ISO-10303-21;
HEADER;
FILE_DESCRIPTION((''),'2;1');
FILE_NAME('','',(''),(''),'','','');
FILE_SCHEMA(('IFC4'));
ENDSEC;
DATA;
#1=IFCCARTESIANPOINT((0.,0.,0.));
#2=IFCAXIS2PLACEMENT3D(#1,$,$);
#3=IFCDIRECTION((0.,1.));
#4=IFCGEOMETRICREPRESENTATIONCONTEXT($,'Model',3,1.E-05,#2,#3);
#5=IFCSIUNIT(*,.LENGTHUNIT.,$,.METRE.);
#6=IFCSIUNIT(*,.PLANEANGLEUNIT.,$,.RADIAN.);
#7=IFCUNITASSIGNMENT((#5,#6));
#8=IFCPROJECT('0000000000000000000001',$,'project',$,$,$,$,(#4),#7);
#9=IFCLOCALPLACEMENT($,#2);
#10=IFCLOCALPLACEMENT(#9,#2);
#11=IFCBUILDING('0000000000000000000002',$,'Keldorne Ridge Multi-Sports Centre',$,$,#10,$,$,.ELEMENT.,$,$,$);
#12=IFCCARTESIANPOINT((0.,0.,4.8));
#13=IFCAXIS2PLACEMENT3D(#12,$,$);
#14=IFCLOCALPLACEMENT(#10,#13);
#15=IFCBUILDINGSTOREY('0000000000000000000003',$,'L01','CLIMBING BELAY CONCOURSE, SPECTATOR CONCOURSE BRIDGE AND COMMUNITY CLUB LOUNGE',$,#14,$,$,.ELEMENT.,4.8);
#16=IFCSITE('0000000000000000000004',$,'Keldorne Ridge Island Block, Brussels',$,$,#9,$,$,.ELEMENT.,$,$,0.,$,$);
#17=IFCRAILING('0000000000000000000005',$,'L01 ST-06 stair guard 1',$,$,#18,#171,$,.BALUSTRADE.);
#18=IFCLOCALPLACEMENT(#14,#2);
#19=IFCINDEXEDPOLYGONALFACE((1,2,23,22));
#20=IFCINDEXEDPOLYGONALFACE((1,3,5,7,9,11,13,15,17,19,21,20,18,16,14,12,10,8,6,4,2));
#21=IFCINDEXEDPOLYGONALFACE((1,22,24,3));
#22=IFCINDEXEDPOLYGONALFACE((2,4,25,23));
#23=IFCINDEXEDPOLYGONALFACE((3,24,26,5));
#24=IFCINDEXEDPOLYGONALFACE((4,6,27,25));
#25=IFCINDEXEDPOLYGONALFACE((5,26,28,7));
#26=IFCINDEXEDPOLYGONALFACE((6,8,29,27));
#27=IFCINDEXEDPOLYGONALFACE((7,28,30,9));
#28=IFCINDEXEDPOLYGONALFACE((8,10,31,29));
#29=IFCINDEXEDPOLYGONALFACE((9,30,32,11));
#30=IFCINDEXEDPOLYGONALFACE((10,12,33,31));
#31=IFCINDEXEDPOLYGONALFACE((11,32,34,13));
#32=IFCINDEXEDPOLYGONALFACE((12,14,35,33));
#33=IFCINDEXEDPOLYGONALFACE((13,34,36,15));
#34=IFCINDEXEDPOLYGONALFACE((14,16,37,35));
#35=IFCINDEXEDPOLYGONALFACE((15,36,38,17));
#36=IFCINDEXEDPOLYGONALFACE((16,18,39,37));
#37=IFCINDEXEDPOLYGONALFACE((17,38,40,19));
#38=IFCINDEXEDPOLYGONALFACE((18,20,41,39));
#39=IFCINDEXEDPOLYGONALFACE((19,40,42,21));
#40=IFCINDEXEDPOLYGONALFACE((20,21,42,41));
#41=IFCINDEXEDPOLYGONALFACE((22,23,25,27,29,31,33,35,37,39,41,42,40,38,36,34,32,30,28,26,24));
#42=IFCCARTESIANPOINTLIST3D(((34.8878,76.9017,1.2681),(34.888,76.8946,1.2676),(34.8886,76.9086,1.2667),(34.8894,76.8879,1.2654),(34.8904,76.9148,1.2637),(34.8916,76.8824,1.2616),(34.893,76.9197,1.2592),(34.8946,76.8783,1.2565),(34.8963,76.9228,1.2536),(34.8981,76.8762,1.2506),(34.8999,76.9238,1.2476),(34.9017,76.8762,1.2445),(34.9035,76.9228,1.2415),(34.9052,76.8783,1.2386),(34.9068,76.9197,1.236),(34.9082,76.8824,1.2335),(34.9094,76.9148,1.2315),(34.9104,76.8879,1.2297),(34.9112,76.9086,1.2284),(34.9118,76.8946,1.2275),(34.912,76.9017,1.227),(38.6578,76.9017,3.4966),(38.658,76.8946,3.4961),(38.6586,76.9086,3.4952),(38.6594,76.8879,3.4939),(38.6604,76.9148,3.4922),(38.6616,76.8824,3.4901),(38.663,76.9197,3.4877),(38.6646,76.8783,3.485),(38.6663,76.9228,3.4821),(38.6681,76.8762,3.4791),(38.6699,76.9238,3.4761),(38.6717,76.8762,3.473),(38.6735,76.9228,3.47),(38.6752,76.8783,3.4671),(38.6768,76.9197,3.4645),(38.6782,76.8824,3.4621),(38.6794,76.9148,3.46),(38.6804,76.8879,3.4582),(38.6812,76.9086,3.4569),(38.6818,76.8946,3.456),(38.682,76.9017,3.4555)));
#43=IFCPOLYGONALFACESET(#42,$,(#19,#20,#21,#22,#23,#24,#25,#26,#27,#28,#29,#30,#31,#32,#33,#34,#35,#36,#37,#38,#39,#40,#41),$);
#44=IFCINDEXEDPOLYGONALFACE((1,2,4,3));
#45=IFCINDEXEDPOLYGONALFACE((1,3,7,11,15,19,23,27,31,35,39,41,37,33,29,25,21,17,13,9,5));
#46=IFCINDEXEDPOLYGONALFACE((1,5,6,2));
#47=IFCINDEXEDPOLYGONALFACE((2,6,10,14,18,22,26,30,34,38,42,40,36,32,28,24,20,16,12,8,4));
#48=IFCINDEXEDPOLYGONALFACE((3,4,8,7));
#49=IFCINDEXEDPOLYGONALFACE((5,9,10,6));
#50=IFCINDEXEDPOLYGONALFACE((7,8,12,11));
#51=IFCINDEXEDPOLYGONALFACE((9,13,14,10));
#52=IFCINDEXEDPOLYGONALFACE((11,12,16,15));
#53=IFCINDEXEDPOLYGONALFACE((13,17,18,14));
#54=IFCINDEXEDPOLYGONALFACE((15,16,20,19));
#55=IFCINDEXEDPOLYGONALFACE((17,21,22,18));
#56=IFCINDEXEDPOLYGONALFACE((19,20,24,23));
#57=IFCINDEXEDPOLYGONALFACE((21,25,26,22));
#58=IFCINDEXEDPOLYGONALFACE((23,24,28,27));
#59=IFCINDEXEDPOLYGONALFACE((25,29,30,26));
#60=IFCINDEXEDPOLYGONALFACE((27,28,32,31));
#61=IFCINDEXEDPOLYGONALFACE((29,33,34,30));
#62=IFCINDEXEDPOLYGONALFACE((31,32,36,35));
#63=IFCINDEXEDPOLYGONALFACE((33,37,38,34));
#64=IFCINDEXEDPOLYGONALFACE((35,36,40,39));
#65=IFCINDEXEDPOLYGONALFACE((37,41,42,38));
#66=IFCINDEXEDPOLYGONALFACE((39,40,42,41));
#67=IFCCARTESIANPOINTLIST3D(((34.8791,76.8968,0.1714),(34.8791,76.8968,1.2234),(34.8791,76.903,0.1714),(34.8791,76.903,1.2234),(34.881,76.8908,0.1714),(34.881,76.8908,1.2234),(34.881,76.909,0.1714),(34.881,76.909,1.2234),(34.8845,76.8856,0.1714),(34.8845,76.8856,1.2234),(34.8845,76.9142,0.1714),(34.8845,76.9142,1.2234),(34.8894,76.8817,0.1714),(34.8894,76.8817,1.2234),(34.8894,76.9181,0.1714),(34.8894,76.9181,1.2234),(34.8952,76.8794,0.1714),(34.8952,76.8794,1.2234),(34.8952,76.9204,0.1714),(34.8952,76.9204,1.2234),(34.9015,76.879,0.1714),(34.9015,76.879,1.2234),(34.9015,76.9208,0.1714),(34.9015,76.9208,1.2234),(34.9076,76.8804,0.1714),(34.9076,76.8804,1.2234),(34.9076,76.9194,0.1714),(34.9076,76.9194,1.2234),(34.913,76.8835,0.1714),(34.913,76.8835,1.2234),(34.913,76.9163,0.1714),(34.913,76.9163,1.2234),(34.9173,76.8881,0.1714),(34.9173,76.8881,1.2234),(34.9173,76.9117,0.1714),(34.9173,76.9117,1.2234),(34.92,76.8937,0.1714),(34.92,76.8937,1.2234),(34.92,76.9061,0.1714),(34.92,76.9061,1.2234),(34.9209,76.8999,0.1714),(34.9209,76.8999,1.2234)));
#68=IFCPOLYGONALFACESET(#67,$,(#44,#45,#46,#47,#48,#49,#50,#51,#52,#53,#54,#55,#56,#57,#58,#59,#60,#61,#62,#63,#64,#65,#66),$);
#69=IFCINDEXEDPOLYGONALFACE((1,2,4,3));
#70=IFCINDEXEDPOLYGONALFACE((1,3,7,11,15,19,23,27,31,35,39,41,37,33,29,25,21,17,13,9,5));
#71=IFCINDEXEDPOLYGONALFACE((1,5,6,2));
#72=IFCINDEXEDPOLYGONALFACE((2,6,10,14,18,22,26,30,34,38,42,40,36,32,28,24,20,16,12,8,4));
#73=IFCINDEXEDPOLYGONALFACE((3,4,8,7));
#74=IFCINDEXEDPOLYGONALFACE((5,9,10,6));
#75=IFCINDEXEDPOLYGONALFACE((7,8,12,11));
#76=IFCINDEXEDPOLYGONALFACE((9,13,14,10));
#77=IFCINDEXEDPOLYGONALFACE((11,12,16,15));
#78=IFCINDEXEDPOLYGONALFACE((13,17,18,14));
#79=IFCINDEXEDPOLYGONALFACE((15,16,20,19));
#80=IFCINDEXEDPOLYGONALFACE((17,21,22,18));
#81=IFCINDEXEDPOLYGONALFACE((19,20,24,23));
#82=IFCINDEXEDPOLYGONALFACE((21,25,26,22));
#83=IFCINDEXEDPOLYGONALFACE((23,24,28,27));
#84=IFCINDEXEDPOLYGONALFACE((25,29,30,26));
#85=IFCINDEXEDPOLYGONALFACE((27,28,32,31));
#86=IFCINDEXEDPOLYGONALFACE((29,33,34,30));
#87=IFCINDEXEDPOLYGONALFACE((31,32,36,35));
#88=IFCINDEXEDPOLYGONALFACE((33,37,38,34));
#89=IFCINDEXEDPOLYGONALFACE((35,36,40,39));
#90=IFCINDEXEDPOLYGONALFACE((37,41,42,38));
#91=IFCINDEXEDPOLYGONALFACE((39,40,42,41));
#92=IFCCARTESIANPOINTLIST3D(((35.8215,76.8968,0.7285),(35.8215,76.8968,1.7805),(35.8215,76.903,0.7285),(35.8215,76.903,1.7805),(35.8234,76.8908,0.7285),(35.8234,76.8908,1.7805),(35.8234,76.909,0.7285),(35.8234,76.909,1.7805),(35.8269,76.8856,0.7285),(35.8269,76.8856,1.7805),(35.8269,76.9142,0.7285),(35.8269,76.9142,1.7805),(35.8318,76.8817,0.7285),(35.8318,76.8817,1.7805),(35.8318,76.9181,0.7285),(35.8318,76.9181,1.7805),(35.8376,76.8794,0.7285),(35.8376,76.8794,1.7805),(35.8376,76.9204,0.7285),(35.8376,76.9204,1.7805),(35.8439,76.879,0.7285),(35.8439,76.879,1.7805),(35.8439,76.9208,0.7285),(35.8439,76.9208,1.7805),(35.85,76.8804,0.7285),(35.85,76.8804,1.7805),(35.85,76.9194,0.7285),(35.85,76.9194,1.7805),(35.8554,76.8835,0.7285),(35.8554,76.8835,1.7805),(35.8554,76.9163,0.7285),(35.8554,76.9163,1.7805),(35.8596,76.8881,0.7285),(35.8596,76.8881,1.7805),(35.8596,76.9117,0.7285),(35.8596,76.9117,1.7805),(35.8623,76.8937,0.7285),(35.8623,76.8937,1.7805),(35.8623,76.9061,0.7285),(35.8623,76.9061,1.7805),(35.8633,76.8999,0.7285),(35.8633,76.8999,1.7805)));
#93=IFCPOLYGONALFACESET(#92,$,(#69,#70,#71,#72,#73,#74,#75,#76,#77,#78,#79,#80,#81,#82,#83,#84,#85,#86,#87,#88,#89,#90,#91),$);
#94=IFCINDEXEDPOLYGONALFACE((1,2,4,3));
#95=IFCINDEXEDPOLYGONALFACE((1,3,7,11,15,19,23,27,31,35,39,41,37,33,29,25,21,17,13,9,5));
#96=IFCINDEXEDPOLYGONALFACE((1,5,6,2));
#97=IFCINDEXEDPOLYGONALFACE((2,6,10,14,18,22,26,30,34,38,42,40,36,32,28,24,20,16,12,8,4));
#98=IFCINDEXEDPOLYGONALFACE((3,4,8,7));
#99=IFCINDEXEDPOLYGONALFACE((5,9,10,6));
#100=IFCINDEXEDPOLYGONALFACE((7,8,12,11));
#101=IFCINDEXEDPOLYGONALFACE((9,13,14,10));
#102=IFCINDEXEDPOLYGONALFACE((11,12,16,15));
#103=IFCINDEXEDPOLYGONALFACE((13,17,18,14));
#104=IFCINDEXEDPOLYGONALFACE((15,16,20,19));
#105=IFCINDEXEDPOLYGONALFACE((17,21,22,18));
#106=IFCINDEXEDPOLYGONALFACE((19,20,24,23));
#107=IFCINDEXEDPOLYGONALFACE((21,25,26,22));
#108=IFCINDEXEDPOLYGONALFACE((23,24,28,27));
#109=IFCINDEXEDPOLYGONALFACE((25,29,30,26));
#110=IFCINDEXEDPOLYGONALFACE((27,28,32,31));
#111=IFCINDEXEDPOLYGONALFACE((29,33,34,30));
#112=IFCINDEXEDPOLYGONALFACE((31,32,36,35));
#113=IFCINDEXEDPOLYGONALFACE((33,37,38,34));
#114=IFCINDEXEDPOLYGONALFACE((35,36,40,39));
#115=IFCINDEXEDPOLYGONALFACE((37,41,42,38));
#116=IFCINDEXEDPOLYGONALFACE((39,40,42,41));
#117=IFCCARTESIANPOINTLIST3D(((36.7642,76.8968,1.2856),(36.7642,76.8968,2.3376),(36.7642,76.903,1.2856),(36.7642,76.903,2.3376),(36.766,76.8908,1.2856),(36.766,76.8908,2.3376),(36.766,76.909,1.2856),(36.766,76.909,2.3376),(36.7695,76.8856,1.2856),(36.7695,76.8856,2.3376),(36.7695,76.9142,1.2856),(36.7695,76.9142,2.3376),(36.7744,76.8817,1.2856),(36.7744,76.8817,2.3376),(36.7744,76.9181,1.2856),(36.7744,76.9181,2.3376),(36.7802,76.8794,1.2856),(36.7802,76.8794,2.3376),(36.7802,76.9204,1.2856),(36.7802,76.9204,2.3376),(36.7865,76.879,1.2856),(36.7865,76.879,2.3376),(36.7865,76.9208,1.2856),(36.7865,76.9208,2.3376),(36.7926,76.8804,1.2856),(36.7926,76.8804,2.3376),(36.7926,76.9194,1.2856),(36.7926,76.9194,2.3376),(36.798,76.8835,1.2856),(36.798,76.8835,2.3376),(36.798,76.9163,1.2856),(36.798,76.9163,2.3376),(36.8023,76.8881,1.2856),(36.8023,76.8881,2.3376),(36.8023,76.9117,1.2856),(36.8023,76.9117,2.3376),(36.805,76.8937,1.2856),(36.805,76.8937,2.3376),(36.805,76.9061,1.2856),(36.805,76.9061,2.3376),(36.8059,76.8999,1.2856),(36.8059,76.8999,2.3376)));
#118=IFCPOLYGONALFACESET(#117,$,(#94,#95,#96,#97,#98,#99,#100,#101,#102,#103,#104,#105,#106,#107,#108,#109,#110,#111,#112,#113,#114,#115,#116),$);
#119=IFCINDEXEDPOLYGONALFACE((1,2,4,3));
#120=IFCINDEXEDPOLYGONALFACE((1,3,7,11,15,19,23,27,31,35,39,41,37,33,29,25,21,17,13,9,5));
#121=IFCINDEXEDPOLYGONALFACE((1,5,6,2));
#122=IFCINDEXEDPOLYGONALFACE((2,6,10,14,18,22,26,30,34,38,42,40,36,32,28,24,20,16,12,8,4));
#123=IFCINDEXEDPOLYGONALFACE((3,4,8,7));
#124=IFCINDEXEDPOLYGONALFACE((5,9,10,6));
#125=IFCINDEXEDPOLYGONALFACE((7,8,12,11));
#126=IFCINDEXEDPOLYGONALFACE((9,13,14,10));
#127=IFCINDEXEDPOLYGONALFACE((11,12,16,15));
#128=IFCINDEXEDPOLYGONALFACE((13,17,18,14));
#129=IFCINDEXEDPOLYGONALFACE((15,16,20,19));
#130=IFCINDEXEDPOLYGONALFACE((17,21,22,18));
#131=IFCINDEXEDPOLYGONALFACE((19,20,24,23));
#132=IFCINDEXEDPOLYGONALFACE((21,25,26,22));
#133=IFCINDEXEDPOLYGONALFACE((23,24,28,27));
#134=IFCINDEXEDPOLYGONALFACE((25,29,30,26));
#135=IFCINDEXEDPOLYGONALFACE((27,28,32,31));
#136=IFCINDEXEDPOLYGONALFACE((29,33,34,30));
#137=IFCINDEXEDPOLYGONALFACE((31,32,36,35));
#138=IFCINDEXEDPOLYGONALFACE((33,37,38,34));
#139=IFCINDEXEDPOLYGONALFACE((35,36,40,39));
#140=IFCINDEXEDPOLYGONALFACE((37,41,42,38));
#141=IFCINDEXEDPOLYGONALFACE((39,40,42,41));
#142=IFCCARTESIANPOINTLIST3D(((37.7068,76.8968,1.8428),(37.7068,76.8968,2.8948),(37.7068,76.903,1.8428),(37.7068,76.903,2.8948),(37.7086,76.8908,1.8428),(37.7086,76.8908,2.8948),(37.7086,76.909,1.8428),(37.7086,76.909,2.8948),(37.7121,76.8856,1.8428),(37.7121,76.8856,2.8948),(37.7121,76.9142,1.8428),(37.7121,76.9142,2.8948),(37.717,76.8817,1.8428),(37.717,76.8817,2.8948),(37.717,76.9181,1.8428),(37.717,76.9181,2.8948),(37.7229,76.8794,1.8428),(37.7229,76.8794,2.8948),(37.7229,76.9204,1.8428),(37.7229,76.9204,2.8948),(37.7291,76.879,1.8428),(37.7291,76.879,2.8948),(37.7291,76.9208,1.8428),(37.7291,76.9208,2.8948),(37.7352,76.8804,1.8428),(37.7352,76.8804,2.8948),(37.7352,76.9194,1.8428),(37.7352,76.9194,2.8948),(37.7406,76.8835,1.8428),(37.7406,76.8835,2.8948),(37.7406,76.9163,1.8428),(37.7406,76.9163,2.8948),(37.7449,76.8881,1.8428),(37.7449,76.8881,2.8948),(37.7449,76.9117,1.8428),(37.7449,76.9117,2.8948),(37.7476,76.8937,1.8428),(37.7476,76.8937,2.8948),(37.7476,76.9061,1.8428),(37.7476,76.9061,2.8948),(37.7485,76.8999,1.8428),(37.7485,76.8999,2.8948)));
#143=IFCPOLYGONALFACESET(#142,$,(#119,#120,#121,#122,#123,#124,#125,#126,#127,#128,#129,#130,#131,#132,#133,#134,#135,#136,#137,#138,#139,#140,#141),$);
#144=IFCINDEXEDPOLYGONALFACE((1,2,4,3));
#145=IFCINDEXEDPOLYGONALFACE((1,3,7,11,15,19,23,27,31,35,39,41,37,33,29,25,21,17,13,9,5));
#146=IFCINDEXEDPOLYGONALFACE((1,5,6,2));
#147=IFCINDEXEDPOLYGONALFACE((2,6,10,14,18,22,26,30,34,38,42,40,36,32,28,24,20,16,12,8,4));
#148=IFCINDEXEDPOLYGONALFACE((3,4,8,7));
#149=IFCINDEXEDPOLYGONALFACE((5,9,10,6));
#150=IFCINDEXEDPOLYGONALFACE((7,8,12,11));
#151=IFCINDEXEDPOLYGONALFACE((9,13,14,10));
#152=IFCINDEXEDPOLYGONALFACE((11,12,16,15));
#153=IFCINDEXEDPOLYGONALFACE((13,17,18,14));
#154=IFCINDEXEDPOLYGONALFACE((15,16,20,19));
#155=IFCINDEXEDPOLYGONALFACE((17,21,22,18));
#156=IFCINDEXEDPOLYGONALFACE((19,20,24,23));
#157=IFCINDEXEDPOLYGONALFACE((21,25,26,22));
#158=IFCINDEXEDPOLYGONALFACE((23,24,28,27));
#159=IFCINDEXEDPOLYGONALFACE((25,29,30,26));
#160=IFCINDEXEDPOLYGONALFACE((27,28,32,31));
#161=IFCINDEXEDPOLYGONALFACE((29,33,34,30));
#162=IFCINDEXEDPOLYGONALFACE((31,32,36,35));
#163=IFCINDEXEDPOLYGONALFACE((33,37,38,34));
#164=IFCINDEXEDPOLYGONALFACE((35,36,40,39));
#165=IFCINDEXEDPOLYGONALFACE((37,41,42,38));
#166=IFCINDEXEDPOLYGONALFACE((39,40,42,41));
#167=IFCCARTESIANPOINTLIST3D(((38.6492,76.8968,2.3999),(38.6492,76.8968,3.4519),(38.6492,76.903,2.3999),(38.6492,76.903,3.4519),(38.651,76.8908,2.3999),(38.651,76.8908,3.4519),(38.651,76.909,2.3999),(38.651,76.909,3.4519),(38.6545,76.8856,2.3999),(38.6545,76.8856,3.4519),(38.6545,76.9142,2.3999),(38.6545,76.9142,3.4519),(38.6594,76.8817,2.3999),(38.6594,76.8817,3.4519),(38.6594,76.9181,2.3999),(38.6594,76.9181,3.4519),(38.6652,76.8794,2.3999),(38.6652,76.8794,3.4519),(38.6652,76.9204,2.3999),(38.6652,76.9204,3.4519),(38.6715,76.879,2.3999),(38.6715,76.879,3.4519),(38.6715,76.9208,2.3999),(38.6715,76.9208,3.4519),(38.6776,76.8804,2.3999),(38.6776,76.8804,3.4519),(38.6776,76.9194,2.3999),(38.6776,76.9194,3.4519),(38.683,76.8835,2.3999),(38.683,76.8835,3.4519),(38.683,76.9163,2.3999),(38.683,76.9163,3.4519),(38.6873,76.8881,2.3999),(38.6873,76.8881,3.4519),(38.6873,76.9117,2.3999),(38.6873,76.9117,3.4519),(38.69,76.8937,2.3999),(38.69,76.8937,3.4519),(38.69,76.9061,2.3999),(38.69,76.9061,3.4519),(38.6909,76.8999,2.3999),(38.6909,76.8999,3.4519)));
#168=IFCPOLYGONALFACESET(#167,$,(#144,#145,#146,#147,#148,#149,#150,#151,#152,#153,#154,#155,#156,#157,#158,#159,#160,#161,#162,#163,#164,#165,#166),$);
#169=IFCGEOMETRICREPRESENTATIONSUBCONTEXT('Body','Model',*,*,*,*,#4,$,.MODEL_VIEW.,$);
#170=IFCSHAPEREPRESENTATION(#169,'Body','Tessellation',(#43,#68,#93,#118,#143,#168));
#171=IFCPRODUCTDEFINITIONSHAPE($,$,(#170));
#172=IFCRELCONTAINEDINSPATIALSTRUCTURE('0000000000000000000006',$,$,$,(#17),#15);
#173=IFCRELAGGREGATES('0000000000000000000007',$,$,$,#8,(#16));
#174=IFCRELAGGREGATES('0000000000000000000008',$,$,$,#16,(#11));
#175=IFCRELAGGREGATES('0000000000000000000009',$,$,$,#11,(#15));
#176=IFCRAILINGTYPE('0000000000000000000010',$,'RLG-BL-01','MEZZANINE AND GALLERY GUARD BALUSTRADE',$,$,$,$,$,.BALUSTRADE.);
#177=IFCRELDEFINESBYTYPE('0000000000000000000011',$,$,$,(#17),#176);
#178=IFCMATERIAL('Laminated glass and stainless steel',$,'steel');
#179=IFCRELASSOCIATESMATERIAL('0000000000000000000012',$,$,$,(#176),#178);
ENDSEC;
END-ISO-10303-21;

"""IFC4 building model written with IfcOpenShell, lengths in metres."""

from ifc_helpers import new_model, si_unit, direction, frame, origin, origin_2d, place, context, subcontext, project, spatial, circle, extrude, material, type_object, element, save


model = new_model("IFC4")

# Units and contexts
model_context = context("Model", 3, precision=1e-05, world=origin(), true_north=direction((0.0, 1.0)))
body_context = subcontext(model_context, "Body", "Model", "MODEL_VIEW")
ifc_project = project(units=[si_unit("LENGTHUNIT", "METRE"), si_unit("PLANEANGLEUNIT", "RADIAN")], contexts=[model_context])

# Site, building, storey
site_placement = place(None, origin())
site = spatial("IfcSite", under=ifc_project, at=site_placement, Name="Keldorne Ridge Island Block, Brussels", CompositionType="ELEMENT", RefElevation=0.0)
building_placement = place(site_placement, origin())
building = spatial("IfcBuilding", under=site, at=building_placement, Name="Keldorne Ridge Multi-Sports Centre", CompositionType="ELEMENT")
storey_placement = place(building_placement, frame((0.0, 0.0, 4.8)))
storey = spatial("IfcBuildingStorey", under=building, at=storey_placement, Name="L01", Description="CLIMBING BELAY CONCOURSE, SPECTATOR CONCOURSE BRIDGE AND COMMUNITY CLUB LOUNGE", CompositionType="ELEMENT", Elevation=4.8)

# Railing
ifc_material_1 = material(Name="Laminated glass and stainless steel", Category="steel")
railing_type_1 = type_object("IfcRailingType", Name="RLG-BL-01", Description="MEZZANINE AND GALLERY GUARD BALUSTRADE", PredefinedType="BALUSTRADE", material=ifc_material_1)
railing_1_placement = place(storey_placement, frame((34.8999, 76.8999, 0.1714)))
element("IfcRailing", 1, at=railing_1_placement, inside=storey, type_object=railing_type_1, Name="L01 ST-06 stair guard 1", PredefinedType="BALUSTRADE", context=body_context, shape_type="SweptSolid", body=[
    extrude(circle(Radius=0.0239, at=origin_2d()), frame((0.0, 0.0, 1.0762), z_axis=(0.860849, 0.0, 0.508861), x_axis=(0.0, 1.0, 0.0)), (0.0, 0.0, 1.0), 4.3794),
    extrude(circle(Radius=0.021, at=origin_2d()), origin(), (0.0, 0.0, 1.0), 1.052),
    extrude(circle(Radius=0.021, at=origin_2d()), frame((0.9424, 0.0, 0.5571)), (0.0, 0.0, 1.0), 1.052),
    extrude(circle(Radius=0.021, at=origin_2d()), frame((1.885, 0.0, 1.1143)), (0.0, 0.0, 1.0), 1.052),
    extrude(circle(Radius=0.021, at=origin_2d()), frame((2.8276, 0.0, 1.6714)), (0.0, 0.0, 1.0), 1.052),
    extrude(circle(Radius=0.021, at=origin_2d()), frame((3.77, 0.0, 2.2285)), (0.0, 0.0, 1.0), 1.052),
])

save(model, "model.ifc")
